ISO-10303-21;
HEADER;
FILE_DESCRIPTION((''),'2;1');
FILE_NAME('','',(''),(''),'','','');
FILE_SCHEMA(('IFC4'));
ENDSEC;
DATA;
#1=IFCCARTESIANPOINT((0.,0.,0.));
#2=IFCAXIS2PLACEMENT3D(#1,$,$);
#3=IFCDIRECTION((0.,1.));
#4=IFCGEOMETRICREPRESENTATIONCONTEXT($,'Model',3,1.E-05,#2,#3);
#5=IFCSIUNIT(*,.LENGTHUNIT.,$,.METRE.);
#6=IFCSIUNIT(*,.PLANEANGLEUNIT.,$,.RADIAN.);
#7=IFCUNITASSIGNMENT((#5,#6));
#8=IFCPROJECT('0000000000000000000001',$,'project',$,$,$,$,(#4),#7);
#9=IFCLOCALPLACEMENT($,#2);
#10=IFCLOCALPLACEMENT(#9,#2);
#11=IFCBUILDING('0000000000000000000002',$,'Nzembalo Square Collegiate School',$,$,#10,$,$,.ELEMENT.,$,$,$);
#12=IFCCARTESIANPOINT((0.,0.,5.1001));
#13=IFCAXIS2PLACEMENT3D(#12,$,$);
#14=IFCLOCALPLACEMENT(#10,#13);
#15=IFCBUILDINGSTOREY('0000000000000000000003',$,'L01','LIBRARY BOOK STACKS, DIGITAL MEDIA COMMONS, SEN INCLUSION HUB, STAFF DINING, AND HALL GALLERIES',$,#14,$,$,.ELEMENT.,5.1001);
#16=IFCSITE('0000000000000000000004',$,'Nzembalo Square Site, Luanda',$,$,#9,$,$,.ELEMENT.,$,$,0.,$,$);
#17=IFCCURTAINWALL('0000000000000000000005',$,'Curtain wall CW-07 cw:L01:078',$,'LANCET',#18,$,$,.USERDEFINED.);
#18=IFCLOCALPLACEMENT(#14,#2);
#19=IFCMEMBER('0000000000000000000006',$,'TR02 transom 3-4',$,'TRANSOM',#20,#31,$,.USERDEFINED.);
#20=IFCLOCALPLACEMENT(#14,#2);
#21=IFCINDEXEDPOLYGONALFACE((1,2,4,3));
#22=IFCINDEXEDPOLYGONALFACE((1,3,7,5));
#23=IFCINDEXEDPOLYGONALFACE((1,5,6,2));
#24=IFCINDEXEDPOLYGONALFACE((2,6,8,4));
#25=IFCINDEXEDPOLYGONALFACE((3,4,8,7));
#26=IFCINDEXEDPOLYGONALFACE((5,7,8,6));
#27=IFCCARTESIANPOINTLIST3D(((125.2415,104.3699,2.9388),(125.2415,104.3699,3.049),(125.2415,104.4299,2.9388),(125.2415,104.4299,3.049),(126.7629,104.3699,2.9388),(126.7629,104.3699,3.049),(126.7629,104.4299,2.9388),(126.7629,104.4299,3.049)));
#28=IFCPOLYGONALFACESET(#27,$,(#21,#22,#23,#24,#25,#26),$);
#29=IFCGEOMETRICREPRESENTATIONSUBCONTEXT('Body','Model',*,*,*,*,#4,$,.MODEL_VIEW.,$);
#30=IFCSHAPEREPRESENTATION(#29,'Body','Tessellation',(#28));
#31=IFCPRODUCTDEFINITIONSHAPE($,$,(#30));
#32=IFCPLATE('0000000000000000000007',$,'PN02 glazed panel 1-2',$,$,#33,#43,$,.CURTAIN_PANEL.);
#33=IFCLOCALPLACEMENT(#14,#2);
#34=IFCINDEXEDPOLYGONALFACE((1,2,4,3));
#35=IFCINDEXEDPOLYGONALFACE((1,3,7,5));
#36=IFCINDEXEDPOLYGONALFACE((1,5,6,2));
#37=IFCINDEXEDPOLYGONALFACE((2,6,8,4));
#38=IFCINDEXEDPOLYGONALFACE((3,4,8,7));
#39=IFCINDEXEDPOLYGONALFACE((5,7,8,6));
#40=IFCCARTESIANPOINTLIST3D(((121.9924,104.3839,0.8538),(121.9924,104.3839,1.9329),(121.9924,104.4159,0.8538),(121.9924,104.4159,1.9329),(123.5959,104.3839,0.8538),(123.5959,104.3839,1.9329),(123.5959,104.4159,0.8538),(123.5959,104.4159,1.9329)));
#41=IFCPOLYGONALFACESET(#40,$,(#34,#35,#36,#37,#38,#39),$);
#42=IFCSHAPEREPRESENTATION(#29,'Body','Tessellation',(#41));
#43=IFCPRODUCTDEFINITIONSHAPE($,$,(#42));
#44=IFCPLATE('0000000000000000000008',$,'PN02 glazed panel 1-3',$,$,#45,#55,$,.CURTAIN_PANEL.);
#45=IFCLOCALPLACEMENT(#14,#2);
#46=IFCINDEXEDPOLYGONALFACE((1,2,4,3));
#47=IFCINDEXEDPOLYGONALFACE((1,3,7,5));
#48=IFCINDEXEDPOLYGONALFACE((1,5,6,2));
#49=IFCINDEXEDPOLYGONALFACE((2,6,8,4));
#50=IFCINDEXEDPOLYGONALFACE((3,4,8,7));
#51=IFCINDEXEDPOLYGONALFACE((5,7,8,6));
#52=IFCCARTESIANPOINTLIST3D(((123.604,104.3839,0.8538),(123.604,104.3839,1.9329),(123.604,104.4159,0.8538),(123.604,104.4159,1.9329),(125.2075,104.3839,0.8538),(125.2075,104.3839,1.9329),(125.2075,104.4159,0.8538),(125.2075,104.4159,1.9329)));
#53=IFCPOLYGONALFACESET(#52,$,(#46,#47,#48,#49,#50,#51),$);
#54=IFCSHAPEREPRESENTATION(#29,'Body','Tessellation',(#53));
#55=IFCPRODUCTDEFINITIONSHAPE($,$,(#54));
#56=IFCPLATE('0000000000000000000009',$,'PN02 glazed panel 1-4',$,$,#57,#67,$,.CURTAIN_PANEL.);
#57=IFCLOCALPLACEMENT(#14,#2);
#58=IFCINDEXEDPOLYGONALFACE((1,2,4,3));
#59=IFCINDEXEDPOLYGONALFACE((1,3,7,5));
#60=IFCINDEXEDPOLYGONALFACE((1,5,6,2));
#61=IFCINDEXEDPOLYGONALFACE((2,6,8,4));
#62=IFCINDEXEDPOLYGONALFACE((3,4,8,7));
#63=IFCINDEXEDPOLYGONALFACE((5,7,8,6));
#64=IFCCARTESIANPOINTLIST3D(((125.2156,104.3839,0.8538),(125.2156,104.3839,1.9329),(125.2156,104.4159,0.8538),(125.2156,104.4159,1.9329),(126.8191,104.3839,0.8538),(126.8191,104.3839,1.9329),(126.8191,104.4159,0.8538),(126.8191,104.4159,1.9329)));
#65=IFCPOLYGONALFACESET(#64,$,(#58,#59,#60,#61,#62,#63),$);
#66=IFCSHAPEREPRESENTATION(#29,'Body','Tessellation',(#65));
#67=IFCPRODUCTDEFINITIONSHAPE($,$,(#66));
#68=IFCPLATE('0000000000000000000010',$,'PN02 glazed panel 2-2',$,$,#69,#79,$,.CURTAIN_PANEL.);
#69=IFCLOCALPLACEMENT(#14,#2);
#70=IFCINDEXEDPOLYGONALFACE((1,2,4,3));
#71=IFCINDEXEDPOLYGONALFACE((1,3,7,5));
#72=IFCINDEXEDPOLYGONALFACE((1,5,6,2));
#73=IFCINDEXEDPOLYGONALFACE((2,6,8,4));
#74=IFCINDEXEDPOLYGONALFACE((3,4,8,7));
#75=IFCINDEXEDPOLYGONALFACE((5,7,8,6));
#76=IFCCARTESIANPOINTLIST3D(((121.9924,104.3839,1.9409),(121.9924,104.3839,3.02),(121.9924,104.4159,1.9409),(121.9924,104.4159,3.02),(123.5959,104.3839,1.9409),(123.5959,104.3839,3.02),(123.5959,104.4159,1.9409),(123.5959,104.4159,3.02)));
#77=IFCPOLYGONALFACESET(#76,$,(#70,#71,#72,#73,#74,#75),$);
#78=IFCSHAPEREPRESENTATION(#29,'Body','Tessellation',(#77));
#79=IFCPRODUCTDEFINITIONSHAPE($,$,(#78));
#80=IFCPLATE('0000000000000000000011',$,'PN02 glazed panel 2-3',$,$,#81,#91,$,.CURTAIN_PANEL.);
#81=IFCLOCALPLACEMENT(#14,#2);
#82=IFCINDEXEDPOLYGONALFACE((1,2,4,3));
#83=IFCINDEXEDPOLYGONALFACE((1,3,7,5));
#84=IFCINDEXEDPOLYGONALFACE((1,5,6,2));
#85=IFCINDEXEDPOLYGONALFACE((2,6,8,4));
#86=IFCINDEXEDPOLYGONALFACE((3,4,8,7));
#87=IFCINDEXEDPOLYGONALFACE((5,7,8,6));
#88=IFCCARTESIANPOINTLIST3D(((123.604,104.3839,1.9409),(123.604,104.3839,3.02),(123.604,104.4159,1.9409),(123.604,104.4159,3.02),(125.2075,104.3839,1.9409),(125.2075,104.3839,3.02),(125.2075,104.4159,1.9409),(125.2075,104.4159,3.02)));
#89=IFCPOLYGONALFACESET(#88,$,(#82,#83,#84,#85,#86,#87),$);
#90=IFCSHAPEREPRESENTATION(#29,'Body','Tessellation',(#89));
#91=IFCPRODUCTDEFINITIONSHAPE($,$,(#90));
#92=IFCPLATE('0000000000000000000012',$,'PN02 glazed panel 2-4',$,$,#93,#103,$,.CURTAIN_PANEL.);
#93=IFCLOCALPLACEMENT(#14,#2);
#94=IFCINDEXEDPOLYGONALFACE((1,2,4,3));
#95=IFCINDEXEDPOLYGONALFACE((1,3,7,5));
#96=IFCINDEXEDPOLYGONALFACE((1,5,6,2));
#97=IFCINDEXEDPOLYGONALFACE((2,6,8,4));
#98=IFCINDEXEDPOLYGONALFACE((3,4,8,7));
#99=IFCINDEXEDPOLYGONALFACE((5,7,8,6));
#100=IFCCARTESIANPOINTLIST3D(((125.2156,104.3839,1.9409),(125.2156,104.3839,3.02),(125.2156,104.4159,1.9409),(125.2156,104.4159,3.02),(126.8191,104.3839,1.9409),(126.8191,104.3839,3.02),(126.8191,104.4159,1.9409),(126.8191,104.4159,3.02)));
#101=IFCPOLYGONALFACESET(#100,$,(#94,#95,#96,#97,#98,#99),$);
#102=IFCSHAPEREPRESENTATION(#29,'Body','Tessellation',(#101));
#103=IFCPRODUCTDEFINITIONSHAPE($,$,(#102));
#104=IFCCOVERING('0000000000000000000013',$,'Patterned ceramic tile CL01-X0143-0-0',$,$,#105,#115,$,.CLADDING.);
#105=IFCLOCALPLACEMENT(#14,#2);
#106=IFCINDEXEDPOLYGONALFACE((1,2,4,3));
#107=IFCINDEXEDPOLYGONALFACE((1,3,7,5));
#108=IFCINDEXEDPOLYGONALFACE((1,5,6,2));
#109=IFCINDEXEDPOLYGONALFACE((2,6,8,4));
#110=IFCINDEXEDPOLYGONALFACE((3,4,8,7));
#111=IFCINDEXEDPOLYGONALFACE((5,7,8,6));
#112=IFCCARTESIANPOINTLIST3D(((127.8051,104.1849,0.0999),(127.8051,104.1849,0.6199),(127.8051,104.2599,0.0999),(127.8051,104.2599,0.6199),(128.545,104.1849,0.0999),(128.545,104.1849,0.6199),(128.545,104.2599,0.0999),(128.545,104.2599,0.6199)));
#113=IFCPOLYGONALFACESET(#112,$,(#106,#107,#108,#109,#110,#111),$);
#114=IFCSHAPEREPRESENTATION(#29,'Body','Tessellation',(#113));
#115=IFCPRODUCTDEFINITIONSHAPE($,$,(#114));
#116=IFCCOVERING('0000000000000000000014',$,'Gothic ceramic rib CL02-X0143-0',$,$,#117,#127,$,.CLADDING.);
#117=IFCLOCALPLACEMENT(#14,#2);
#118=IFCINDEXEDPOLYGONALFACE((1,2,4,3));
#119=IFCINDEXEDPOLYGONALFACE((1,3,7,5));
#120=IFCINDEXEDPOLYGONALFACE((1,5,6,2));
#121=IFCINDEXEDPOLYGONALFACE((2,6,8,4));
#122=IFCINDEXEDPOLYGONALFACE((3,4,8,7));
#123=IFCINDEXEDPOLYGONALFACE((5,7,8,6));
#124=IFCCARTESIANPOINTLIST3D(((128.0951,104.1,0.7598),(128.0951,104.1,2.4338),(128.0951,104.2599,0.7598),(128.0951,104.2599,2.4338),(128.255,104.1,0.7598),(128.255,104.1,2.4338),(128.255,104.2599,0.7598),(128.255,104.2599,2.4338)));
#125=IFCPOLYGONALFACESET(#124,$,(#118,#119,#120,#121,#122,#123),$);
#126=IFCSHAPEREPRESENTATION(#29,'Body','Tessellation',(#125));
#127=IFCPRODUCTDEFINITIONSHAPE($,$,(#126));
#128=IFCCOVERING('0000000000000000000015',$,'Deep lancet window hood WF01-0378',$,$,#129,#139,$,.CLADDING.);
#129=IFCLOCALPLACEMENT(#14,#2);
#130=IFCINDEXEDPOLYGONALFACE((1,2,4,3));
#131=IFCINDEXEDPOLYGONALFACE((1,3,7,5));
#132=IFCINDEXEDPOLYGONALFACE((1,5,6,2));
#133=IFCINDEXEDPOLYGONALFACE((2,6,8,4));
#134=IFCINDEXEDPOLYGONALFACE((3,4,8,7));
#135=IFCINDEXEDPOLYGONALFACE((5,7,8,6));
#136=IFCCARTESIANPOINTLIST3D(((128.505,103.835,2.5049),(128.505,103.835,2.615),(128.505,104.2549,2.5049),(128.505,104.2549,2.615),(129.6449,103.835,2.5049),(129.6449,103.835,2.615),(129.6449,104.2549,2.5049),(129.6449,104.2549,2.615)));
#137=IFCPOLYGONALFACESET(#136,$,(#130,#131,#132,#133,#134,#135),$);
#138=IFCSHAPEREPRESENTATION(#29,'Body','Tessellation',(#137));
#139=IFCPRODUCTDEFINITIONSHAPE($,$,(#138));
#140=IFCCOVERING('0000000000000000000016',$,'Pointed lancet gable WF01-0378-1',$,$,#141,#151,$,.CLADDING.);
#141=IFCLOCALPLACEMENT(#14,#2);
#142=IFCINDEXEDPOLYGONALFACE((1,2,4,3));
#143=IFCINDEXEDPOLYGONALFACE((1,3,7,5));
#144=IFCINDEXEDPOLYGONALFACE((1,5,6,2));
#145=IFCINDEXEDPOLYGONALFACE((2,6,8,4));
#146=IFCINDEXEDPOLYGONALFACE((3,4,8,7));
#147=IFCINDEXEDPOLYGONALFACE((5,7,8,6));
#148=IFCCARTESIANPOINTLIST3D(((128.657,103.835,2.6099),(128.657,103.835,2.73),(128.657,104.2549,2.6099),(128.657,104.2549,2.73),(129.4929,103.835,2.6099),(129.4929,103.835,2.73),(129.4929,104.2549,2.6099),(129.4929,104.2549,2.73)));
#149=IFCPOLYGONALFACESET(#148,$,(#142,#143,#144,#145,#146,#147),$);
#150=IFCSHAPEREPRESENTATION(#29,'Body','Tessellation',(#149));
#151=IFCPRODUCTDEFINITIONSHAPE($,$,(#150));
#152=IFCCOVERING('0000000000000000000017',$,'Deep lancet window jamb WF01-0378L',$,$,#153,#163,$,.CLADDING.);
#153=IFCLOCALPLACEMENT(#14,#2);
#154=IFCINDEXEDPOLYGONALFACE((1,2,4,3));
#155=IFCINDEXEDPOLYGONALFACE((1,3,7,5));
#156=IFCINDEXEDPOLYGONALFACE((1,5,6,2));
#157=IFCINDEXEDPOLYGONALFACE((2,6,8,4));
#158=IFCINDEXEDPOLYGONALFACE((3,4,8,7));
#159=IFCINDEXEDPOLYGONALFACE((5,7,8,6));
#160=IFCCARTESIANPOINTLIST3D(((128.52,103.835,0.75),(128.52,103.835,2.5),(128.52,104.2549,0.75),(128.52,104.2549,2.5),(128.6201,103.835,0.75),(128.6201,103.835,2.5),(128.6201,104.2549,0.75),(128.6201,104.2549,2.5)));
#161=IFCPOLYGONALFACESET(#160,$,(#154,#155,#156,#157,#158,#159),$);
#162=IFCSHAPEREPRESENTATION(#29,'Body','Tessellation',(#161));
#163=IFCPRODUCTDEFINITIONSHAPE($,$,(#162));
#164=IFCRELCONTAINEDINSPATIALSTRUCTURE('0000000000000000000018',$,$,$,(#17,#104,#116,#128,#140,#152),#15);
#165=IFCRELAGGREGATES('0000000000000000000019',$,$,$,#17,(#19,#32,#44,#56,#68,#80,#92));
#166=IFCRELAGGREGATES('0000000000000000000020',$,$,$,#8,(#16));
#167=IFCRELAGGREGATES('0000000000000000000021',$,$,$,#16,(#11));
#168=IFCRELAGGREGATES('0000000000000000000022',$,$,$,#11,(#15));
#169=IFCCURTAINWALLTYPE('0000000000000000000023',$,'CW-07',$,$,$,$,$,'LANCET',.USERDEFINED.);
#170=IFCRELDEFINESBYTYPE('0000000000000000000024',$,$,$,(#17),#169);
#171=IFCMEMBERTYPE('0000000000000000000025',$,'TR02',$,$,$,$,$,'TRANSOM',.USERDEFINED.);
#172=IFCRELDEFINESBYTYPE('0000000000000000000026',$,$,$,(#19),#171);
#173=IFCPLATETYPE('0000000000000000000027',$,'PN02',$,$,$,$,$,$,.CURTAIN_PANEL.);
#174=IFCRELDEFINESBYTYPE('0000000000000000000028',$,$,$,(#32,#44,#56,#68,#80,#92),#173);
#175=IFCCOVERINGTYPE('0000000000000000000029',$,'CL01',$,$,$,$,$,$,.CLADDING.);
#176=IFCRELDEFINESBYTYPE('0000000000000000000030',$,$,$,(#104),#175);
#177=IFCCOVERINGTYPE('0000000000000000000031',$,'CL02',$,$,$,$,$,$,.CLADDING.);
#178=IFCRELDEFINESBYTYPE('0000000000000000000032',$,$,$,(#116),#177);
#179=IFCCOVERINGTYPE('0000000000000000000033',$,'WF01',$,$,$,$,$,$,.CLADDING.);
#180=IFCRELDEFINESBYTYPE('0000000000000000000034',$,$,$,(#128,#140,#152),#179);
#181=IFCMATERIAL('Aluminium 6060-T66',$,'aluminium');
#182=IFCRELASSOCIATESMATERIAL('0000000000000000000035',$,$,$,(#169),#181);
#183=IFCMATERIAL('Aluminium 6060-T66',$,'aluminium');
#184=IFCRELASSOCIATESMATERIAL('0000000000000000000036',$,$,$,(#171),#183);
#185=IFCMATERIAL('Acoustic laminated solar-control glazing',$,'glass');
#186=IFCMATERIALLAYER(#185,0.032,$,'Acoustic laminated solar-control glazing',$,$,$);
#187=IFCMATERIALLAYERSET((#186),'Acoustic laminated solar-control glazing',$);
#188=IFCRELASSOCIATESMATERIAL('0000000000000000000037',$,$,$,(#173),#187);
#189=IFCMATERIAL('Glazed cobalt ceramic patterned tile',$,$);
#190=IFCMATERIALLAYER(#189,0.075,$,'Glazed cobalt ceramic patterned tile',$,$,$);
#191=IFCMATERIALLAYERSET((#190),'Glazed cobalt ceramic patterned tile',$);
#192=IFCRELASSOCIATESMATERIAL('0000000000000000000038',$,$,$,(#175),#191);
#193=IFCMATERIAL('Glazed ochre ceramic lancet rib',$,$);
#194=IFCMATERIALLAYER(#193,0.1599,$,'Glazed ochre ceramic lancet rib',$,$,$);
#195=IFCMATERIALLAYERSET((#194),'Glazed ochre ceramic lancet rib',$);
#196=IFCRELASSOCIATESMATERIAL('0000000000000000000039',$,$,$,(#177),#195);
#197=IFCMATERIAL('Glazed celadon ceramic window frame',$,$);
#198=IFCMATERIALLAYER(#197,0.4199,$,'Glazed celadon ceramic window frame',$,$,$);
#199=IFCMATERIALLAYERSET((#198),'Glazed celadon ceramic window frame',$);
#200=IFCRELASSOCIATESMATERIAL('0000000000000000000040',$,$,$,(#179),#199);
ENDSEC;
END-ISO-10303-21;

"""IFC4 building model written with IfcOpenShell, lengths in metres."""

from ifc_helpers import new_model, si_unit, direction, frame, origin, origin_2d, place, context, subcontext, project, spatial, rectangle, extrude, material, layer, layer_set, material_profile, profile_set, type_object, element, aggregate, save


model = new_model("IFC4")

# Units and contexts
model_context = context("Model", 3, precision=1e-05, world=origin(), true_north=direction((0.0, 1.0)))
body_context = subcontext(model_context, "Body", "Model", "MODEL_VIEW")
ifc_project = project(units=[si_unit("LENGTHUNIT", "METRE"), si_unit("PLANEANGLEUNIT", "RADIAN")], contexts=[model_context])

# Site, building, storey
site_placement = place(None, origin())
site = spatial("IfcSite", under=ifc_project, at=site_placement, Name="Nzembalo Square Site, Luanda", CompositionType="ELEMENT", RefElevation=0.0)
building_placement = place(site_placement, origin())
building = spatial("IfcBuilding", under=site, at=building_placement, Name="Nzembalo Square Collegiate School", CompositionType="ELEMENT")
storey_placement = place(building_placement, frame((0.0, 0.0, 5.1001)))
storey = spatial("IfcBuildingStorey", under=building, at=storey_placement, Name="L01", Description="LIBRARY BOOK STACKS, DIGITAL MEDIA COMMONS, SEN INCLUSION HUB, STAFF DINING, AND HALL GALLERIES", CompositionType="ELEMENT", Elevation=5.1001)

# Curtain wall, member, plates
ifc_material_1 = material(Name="Aluminium 6060-T66", Category="aluminium")
curtain_wall_type = type_object("IfcCurtainWallType", Name="CW-07", ElementType="LANCET", PredefinedType="USERDEFINED", material=ifc_material_1)
curtain_wall_placement = place(storey_placement, origin())
curtain_wall = element("IfcCurtainWall", 1, at=curtain_wall_placement, inside=storey, type_object=curtain_wall_type, Name="Curtain wall CW-07 cw:L01:078", ObjectType="LANCET", PredefinedType="USERDEFINED")
ifc_material_2 = material(Name="Aluminium 6060-T66", Category="aluminium")
ifc_material_profile_1 = material_profile(ifc_material_2, rectangle(XDim=0.0601, YDim=0.1101, at=origin_2d()), Name="ALU T60x110")
ifc_profile_set_1 = profile_set([ifc_material_profile_1], Name="Aluminium 6060-T66")
member_type_1 = type_object("IfcMemberType", Name="TR02", ElementType="TRANSOM", PredefinedType="USERDEFINED", material=ifc_profile_set_1)
member_1_placement = place(storey_placement, frame((125.2415, 104.3999, 2.9939), z_axis=(1.0, 0.0, 0.0), x_axis=(0.0, 1.0, 0.0)))
member_1 = element("IfcMember", 2, at=member_1_placement, type_object=member_type_1, Name="TR02 transom 3-4", ObjectType="TRANSOM", PredefinedType="USERDEFINED", context=body_context, shape_type="SweptSolid", body=[
    extrude(rectangle(XDim=0.0601, YDim=0.1101, at=origin_2d()), origin(), (0.0, 0.0, 1.0), 1.5215),
])
ifc_material_3 = material(Name="Acoustic laminated solar-control glazing", Category="glass")
ifc_layer_1 = layer(ifc_material_3, 0.032, Name="Acoustic laminated solar-control glazing")
ifc_layer_set_1 = layer_set([ifc_layer_1], Name="Acoustic laminated solar-control glazing")
plate_type = type_object("IfcPlateType", Name="PN02", PredefinedType="CURTAIN_PANEL", material=ifc_layer_set_1)
plate_1_placement = place(storey_placement, frame((122.7942, 104.3999, 0.8538), z_axis=(0.0, 0.0, 1.0), x_axis=(1.0, 0.0, 0.0)))
plate_1 = element("IfcPlate", 3, at=plate_1_placement, type_object=plate_type, Name="PN02 glazed panel 1-2", PredefinedType="CURTAIN_PANEL", context=body_context, shape_type="SweptSolid", body=[
    extrude(rectangle(XDim=1.6035, YDim=0.032, at=origin_2d()), origin(), (0.0, 0.0, 1.0), 1.0791),
])
plate_2_placement = place(storey_placement, frame((124.4058, 104.3999, 0.8538), z_axis=(0.0, 0.0, 1.0), x_axis=(1.0, 0.0, 0.0)))
plate_2 = element("IfcPlate", 4, at=plate_2_placement, type_object=plate_type, Name="PN02 glazed panel 1-3", PredefinedType="CURTAIN_PANEL", context=body_context, shape_type="SweptSolid", body=[
    extrude(rectangle(XDim=1.6035, YDim=0.032, at=origin_2d()), origin(), (0.0, 0.0, 1.0), 1.0791),
])
plate_3_placement = place(storey_placement, frame((126.0173, 104.3999, 0.8538), z_axis=(0.0, 0.0, 1.0), x_axis=(1.0, 0.0, 0.0)))
plate_3 = element("IfcPlate", 5, at=plate_3_placement, type_object=plate_type, Name="PN02 glazed panel 1-4", PredefinedType="CURTAIN_PANEL", context=body_context, shape_type="SweptSolid", body=[
    extrude(rectangle(XDim=1.6035, YDim=0.032, at=origin_2d()), origin(), (0.0, 0.0, 1.0), 1.0791),
])
plate_4_placement = place(storey_placement, frame((122.7942, 104.3999, 1.9409), z_axis=(0.0, 0.0, 1.0), x_axis=(1.0, 0.0, 0.0)))
plate_4 = element("IfcPlate", 6, at=plate_4_placement, type_object=plate_type, Name="PN02 glazed panel 2-2", PredefinedType="CURTAIN_PANEL", context=body_context, shape_type="SweptSolid", body=[
    extrude(rectangle(XDim=1.6035, YDim=0.032, at=origin_2d()), origin(), (0.0, 0.0, 1.0), 1.0791),
])
plate_5_placement = place(storey_placement, frame((124.4058, 104.3999, 1.9409), z_axis=(0.0, 0.0, 1.0), x_axis=(1.0, 0.0, 0.0)))
plate_5 = element("IfcPlate", 7, at=plate_5_placement, type_object=plate_type, Name="PN02 glazed panel 2-3", PredefinedType="CURTAIN_PANEL", context=body_context, shape_type="SweptSolid", body=[
    extrude(rectangle(XDim=1.6035, YDim=0.032, at=origin_2d()), origin(), (0.0, 0.0, 1.0), 1.0791),
])
plate_6_placement = place(storey_placement, frame((126.0173, 104.3999, 1.9409), z_axis=(0.0, 0.0, 1.0), x_axis=(1.0, 0.0, 0.0)))
plate_6 = element("IfcPlate", 8, at=plate_6_placement, type_object=plate_type, Name="PN02 glazed panel 2-4", PredefinedType="CURTAIN_PANEL", context=body_context, shape_type="SweptSolid", body=[
    extrude(rectangle(XDim=1.6035, YDim=0.032, at=origin_2d()), origin(), (0.0, 0.0, 1.0), 1.0791),
])
aggregate(curtain_wall, [member_1, plate_1, plate_2, plate_3, plate_4, plate_5, plate_6])

# Coverings
ifc_material_4 = material(Name="Glazed cobalt ceramic patterned tile")
ifc_layer_2 = layer(ifc_material_4, 0.075, Name="Glazed cobalt ceramic patterned tile")
ifc_layer_set_2 = layer_set([ifc_layer_2], Name="Glazed cobalt ceramic patterned tile")
covering_type_1 = type_object("IfcCoveringType", Name="CL01", PredefinedType="CLADDING", material=ifc_layer_set_2)
covering_1_placement = place(storey_placement, frame((128.175, 104.2224, 0.0999), z_axis=(0.0, 0.0, 1.0), x_axis=(1.0, 0.0, 0.0)))
element("IfcCovering", 9, at=covering_1_placement, inside=storey, type_object=covering_type_1, Name="Patterned ceramic tile CL01-X0143-0-0", PredefinedType="CLADDING", context=body_context, shape_type="SweptSolid", body=[
    extrude(rectangle(XDim=0.74, YDim=0.075, at=origin_2d()), origin(), (0.0, 0.0, 1.0), 0.52),
])
ifc_material_5 = material(Name="Glazed ochre ceramic lancet rib")
ifc_layer_3 = layer(ifc_material_5, 0.1599, Name="Glazed ochre ceramic lancet rib")
ifc_layer_set_3 = layer_set([ifc_layer_3], Name="Glazed ochre ceramic lancet rib")
covering_type_2 = type_object("IfcCoveringType", Name="CL02", PredefinedType="CLADDING", material=ifc_layer_set_3)
covering_2_placement = place(storey_placement, frame((128.175, 104.1799, 0.7598), z_axis=(0.0, 0.0, 1.0), x_axis=(1.0, 0.0, 0.0)))
element("IfcCovering", 10, at=covering_2_placement, inside=storey, type_object=covering_type_2, Name="Gothic ceramic rib CL02-X0143-0", PredefinedType="CLADDING", context=body_context, shape_type="SweptSolid", body=[
    extrude(rectangle(XDim=0.1599, YDim=0.1599, at=origin_2d()), origin(), (0.0, 0.0, 1.0), 1.6741),
])
ifc_material_6 = material(Name="Glazed celadon ceramic window frame")
ifc_layer_4 = layer(ifc_material_6, 0.4199, Name="Glazed celadon ceramic window frame")
ifc_layer_set_4 = layer_set([ifc_layer_4], Name="Glazed celadon ceramic window frame")
covering_type_3 = type_object("IfcCoveringType", Name="WF01", PredefinedType="CLADDING", material=ifc_layer_set_4)
covering_3_placement = place(storey_placement, frame((129.075, 104.0449, 2.5049), z_axis=(0.0, 0.0, 1.0), x_axis=(1.0, 0.0, 0.0)))
element("IfcCovering", 11, at=covering_3_placement, inside=storey, type_object=covering_type_3, Name="Deep lancet window hood WF01-0378", PredefinedType="CLADDING", context=body_context, shape_type="SweptSolid", body=[
    extrude(rectangle(XDim=1.1399, YDim=0.4199, at=origin_2d()), origin(), (0.0, 0.0, 1.0), 0.1101),
])
covering_4_placement = place(storey_placement, frame((129.075, 104.0449, 2.6099), z_axis=(0.0, 0.0, 1.0), x_axis=(1.0, 0.0, 0.0)))
element("IfcCovering", 12, at=covering_4_placement, inside=storey, type_object=covering_type_3, Name="Pointed lancet gable WF01-0378-1", PredefinedType="CLADDING", context=body_context, shape_type="SweptSolid", body=[
    extrude(rectangle(XDim=0.8359, YDim=0.4199, at=origin_2d()), origin(), (0.0, 0.0, 1.0), 0.1201),
])
covering_5_placement = place(storey_placement, frame((128.5701, 104.0449, 0.75), z_axis=(0.0, 0.0, 1.0), x_axis=(1.0, 0.0, 0.0)))
element("IfcCovering", 13, at=covering_5_placement, inside=storey, type_object=covering_type_3, Name="Deep lancet window jamb WF01-0378L", PredefinedType="CLADDING", context=body_context, shape_type="SweptSolid", body=[
    extrude(rectangle(XDim=0.1001, YDim=0.4199, at=origin_2d()), origin(), (0.0, 0.0, 1.0), 1.75),
])

save(model, "model.ifc")
